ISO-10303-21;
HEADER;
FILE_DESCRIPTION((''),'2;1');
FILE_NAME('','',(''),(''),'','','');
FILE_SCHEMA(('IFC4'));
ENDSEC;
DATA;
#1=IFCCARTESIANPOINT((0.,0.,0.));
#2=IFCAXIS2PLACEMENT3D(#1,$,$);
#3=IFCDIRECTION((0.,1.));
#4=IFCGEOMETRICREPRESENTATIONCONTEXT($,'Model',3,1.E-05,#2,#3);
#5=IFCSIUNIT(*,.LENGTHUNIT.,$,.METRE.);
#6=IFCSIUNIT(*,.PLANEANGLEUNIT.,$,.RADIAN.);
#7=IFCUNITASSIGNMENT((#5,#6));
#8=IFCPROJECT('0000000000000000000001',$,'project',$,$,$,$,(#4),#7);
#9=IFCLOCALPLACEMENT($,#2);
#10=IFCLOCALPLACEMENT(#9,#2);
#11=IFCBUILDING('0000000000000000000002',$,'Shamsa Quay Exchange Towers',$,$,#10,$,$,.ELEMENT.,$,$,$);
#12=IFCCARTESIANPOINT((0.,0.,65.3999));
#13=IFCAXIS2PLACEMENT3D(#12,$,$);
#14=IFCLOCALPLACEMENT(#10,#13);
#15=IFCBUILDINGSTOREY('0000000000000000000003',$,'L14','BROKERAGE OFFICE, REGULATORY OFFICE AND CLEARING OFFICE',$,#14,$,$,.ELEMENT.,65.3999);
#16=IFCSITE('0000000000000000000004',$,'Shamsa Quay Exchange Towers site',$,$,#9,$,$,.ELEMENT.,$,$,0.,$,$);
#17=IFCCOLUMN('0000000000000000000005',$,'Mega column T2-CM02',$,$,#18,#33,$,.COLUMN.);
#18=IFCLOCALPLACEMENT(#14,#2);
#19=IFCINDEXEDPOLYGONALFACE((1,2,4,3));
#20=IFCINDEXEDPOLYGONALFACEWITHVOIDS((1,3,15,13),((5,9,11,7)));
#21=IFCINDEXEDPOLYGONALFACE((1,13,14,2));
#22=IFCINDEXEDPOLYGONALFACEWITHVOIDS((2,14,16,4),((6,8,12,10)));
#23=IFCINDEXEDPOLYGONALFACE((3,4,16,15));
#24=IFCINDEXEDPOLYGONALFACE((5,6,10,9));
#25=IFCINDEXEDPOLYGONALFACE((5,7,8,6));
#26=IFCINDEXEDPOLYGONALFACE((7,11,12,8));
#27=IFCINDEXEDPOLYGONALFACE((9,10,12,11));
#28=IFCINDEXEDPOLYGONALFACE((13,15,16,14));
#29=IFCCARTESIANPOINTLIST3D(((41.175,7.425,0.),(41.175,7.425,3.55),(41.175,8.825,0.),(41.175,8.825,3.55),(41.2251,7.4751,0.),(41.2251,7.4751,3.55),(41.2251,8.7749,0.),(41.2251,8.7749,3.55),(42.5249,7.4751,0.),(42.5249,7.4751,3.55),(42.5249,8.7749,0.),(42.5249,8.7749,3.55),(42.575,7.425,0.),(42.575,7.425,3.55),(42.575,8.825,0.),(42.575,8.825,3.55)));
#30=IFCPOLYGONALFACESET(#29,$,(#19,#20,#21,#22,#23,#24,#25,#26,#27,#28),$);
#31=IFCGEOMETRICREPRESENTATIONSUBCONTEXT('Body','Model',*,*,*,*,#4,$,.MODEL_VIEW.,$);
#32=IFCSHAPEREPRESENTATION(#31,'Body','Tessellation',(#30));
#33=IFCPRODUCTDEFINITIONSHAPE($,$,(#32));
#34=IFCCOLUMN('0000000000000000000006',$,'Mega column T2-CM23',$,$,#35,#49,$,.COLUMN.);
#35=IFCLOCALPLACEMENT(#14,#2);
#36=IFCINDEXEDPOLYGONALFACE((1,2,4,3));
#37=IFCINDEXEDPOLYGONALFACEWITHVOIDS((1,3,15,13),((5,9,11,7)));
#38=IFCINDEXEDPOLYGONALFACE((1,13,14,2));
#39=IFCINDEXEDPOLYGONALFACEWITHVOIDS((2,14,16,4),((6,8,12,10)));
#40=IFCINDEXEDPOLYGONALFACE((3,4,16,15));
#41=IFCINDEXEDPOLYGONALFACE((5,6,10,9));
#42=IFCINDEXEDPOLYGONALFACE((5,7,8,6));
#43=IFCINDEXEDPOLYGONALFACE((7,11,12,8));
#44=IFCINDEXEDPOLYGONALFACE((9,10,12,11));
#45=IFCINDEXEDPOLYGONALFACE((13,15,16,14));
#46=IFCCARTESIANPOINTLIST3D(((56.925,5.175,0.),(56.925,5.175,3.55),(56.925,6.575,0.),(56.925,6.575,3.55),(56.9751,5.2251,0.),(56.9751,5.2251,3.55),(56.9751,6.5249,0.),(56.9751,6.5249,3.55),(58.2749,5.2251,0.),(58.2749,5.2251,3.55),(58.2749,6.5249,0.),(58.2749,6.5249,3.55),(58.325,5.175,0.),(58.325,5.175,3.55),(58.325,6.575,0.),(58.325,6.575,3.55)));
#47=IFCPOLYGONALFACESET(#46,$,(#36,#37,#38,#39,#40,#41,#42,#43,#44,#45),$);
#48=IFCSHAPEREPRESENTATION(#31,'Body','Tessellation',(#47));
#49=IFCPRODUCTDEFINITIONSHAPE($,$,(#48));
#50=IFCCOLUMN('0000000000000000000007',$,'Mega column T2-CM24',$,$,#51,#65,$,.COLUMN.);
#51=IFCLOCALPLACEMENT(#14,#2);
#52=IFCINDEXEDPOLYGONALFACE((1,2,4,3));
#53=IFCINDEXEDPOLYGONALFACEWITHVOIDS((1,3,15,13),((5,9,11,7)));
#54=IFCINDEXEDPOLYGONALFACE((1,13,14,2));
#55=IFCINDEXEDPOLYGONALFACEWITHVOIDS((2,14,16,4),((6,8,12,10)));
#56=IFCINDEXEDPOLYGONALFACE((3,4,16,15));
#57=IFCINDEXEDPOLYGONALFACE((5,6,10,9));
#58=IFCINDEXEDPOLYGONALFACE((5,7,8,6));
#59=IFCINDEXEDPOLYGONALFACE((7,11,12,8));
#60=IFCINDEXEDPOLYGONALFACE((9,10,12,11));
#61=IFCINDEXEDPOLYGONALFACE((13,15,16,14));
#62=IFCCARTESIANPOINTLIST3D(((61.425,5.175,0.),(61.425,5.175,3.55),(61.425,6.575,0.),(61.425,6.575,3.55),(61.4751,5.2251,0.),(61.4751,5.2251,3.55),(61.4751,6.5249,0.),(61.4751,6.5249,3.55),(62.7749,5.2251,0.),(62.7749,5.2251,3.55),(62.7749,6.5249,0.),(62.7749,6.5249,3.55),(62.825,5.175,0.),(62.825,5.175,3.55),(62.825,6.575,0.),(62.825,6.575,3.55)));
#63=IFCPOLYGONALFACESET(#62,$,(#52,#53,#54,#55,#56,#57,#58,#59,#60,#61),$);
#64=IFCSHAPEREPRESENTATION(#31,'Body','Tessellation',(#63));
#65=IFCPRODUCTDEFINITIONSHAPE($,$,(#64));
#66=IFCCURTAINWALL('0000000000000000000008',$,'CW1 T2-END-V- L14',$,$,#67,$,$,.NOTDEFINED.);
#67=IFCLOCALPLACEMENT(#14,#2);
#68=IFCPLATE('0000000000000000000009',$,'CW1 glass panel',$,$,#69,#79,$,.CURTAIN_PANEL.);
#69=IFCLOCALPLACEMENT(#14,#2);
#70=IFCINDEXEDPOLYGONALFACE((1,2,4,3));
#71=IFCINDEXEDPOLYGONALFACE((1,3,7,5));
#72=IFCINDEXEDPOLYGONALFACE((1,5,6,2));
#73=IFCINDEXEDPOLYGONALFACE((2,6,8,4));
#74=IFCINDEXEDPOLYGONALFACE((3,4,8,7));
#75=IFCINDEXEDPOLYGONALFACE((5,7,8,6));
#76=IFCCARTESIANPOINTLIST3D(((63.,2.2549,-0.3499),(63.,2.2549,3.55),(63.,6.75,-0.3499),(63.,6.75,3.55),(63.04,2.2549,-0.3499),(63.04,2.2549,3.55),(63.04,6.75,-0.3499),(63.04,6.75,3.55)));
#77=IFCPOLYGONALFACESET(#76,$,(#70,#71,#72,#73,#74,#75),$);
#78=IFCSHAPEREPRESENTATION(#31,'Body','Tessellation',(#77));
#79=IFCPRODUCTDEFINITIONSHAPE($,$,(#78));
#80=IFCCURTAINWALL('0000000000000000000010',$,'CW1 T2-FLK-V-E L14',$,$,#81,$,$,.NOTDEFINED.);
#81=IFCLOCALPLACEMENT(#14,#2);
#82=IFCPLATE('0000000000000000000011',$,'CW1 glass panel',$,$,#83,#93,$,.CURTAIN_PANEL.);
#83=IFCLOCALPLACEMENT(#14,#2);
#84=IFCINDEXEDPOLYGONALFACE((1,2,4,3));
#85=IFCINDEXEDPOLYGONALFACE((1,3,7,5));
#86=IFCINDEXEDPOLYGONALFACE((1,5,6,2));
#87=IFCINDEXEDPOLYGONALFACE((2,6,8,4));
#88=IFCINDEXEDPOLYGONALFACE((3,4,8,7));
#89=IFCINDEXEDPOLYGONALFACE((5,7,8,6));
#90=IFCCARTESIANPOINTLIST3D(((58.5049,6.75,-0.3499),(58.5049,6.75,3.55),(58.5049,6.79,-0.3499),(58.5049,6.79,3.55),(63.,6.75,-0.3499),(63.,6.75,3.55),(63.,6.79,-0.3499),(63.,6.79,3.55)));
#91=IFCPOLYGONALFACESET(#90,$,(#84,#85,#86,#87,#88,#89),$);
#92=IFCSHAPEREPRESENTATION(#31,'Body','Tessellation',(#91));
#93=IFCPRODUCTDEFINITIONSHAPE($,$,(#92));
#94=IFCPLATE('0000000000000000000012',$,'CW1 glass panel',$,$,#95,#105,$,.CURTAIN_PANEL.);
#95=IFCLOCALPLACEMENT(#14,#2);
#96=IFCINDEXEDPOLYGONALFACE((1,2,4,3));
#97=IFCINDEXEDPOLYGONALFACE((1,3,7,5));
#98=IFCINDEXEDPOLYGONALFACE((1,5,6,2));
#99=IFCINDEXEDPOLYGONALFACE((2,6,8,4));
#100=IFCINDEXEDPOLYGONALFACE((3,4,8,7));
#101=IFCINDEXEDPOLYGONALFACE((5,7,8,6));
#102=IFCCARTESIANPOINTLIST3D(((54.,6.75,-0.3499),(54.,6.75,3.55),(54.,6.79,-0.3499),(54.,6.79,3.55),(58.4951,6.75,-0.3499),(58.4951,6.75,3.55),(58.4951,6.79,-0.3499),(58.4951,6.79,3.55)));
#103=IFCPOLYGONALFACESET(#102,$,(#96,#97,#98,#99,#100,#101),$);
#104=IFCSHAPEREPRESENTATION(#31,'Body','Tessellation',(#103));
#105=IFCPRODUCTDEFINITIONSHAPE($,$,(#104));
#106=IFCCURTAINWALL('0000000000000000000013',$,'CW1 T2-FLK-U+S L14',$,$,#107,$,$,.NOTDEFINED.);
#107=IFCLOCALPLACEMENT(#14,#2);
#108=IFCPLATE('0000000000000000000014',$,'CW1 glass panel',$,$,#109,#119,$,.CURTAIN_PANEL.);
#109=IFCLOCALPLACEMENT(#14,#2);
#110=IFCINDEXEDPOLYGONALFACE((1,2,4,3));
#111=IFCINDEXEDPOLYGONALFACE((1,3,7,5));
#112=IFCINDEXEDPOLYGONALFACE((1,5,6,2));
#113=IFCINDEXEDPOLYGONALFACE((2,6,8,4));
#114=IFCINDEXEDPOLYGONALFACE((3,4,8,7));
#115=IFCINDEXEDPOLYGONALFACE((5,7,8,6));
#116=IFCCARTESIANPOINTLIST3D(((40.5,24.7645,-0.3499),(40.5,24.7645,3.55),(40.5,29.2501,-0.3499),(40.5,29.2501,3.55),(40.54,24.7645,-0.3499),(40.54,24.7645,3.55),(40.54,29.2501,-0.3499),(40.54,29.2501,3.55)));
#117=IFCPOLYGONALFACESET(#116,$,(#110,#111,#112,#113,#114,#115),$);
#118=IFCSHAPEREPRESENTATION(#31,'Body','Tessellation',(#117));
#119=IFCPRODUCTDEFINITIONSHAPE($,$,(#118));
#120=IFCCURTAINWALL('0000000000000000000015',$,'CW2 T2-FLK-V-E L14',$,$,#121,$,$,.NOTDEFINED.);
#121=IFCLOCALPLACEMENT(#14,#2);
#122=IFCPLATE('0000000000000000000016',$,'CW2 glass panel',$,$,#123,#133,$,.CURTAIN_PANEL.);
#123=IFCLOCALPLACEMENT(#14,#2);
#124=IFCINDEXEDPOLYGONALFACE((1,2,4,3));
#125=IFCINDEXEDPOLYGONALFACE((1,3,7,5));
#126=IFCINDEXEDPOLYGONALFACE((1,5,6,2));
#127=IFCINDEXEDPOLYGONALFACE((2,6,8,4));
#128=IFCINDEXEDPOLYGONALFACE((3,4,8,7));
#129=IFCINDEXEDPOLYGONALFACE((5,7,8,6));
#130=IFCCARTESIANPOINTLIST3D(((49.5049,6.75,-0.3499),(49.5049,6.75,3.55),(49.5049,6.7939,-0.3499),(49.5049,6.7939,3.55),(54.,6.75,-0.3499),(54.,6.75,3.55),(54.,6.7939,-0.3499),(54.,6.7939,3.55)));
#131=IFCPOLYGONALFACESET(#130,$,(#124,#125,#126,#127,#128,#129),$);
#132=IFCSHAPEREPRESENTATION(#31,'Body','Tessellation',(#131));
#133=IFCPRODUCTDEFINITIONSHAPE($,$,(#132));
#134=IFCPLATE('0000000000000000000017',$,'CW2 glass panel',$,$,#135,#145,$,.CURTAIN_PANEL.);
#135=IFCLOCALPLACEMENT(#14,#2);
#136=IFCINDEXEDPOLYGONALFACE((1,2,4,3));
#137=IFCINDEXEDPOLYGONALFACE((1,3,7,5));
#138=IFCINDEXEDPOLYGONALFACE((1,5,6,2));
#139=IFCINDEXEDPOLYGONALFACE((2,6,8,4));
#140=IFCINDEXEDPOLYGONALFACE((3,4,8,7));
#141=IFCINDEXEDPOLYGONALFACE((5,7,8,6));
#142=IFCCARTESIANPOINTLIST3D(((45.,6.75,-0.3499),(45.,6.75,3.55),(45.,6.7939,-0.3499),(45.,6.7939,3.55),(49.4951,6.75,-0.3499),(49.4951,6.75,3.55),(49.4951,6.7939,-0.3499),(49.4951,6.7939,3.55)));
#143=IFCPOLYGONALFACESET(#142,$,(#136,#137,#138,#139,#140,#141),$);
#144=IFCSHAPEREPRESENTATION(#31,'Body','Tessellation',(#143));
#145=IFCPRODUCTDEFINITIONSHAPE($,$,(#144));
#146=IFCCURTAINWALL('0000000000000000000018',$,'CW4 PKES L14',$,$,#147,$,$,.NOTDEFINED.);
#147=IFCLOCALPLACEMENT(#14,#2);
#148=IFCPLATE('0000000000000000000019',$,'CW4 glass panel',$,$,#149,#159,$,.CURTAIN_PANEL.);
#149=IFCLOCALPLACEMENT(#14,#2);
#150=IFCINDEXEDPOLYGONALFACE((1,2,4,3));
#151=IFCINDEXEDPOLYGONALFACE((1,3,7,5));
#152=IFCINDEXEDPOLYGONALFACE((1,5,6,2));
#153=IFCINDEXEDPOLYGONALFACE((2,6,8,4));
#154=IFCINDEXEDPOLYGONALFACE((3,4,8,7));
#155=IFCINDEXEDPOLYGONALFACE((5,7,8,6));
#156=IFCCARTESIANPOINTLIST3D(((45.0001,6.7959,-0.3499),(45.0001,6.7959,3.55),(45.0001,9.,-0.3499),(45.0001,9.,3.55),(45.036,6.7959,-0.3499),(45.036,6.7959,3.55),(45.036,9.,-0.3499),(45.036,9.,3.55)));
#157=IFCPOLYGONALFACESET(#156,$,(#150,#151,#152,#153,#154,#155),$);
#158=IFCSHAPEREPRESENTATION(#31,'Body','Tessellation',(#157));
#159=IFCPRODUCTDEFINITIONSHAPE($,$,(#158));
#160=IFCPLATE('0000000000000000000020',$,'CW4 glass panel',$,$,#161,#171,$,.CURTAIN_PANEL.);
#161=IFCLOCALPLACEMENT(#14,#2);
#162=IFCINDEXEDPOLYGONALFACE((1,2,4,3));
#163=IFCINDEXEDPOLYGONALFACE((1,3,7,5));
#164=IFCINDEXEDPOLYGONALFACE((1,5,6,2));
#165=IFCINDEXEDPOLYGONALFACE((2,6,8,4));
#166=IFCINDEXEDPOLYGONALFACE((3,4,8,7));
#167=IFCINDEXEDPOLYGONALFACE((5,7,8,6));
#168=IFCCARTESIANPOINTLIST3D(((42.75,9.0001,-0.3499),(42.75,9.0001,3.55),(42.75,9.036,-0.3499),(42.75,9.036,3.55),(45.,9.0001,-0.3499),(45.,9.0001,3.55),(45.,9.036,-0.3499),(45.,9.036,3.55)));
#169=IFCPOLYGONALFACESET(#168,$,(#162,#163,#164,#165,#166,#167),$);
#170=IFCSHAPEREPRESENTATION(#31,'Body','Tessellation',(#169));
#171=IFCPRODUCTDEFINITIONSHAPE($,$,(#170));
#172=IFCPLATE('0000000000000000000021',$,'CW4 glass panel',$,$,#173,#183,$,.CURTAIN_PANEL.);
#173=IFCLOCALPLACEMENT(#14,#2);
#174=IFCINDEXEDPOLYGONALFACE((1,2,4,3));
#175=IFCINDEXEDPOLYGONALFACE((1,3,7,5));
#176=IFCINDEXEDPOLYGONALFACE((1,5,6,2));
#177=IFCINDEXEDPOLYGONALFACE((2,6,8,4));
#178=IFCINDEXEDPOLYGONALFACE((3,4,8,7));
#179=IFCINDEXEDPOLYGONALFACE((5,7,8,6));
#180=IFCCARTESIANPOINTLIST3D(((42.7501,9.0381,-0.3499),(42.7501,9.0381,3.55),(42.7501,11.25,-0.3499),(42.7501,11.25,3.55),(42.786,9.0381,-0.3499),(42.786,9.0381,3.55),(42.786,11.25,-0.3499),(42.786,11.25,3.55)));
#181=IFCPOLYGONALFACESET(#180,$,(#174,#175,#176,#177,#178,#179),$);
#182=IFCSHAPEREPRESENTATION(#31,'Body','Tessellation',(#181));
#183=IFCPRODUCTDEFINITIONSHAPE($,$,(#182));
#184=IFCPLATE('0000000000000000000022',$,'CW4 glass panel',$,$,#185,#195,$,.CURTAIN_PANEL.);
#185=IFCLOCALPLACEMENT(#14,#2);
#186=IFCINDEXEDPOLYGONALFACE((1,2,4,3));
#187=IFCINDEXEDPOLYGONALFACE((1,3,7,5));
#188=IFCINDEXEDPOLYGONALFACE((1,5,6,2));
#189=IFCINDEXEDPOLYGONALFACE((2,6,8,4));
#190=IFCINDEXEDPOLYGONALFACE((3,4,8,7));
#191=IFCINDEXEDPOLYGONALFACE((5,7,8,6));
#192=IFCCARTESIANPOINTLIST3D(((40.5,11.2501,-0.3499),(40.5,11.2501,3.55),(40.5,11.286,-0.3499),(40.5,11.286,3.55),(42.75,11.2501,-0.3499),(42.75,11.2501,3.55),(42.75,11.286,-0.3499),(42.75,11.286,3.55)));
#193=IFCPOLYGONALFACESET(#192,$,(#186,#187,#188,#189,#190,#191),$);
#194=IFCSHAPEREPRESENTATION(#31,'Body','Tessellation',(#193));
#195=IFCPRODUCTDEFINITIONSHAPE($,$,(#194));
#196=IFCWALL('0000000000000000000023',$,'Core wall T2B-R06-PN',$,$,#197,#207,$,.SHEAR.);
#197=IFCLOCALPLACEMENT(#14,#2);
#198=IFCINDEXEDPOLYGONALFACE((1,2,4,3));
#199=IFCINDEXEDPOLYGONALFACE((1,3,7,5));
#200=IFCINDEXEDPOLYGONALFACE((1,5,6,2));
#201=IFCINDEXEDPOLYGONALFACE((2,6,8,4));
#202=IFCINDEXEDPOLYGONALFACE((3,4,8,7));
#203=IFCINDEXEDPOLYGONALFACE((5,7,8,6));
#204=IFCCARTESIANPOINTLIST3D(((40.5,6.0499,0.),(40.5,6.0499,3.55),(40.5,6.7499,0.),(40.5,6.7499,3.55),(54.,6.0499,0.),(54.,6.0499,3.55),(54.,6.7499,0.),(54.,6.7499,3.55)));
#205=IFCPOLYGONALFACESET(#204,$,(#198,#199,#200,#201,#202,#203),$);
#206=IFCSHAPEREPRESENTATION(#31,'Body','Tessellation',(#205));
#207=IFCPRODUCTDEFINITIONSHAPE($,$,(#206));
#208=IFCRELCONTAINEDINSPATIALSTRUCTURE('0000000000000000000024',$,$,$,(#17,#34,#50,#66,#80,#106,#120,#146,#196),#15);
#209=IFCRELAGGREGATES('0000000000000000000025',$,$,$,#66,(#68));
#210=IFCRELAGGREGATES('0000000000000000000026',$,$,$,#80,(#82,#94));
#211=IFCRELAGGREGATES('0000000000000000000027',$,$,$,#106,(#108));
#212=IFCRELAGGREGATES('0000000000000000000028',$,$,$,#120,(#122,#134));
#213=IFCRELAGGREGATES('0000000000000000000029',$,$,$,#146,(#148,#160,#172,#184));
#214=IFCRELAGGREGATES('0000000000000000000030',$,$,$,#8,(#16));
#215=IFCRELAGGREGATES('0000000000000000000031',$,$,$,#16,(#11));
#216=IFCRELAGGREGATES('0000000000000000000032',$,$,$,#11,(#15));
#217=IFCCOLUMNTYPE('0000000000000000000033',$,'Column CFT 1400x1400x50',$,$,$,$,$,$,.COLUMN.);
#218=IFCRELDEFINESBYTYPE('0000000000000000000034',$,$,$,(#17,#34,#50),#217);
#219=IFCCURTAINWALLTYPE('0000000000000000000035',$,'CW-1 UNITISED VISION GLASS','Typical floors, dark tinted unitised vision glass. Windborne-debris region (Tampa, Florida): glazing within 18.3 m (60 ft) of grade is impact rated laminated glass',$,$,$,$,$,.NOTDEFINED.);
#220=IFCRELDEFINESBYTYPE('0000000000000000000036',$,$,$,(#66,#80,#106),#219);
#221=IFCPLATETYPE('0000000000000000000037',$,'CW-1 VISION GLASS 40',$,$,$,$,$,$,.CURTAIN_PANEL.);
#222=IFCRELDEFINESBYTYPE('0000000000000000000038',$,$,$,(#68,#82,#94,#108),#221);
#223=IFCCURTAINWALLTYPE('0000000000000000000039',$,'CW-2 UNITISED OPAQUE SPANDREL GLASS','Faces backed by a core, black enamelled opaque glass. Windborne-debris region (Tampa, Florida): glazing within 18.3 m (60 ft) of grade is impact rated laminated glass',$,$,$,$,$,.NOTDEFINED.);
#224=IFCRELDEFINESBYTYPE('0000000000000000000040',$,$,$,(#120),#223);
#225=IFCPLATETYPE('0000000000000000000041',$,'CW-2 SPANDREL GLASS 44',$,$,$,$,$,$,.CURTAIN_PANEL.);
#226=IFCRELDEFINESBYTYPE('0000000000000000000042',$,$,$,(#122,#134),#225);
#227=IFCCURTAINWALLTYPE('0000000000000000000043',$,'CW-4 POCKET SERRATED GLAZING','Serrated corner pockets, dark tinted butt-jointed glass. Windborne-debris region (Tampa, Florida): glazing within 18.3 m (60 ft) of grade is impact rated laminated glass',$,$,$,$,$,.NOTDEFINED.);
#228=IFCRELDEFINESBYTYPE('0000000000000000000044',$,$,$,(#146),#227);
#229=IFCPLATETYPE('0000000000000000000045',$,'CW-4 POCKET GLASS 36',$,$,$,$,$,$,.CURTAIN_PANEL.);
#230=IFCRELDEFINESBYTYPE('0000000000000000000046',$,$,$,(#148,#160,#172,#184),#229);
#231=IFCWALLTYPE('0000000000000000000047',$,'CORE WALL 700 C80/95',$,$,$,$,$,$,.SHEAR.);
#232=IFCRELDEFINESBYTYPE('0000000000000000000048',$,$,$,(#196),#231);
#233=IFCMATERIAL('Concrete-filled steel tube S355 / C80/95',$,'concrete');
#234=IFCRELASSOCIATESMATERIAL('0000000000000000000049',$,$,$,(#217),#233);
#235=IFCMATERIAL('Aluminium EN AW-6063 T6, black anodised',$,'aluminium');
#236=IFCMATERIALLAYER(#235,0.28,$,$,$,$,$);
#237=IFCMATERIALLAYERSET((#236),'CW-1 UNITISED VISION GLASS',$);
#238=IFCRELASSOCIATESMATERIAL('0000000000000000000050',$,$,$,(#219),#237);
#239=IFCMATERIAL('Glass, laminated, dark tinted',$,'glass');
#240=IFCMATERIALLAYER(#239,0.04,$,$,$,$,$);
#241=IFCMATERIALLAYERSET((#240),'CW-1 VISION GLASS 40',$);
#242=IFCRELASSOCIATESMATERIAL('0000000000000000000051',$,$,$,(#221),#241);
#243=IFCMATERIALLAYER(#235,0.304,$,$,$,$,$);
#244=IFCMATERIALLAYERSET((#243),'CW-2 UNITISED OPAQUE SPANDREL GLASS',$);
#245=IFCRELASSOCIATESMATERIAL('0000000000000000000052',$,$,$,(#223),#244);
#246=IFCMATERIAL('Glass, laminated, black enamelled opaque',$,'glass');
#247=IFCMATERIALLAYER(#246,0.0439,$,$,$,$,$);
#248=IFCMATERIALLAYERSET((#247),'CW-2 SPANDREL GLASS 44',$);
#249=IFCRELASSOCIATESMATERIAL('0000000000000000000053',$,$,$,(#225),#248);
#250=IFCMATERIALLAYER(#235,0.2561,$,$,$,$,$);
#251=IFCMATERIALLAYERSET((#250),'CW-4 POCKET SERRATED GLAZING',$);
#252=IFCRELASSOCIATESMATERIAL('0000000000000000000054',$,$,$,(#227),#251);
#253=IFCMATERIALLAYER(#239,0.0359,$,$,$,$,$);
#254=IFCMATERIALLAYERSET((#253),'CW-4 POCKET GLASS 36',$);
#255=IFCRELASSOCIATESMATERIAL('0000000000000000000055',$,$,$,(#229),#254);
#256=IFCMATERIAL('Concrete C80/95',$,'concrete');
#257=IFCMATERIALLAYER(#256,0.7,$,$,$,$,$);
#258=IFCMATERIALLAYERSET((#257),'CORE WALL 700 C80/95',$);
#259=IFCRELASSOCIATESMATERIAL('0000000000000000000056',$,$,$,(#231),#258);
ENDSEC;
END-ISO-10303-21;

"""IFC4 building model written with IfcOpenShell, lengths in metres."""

from ifc_helpers import new_model, si_unit, direction, frame, frame_2d, origin, origin_2d, place, context, subcontext, project, spatial, rectangle, hollow_rectangle, extrude, material, layer, layer_set, material_profile, profile_set, type_object, element, aggregate, save


model = new_model("IFC4")

# Units and contexts
model_context = context("Model", 3, precision=1e-05, world=origin(), true_north=direction((0.0, 1.0)))
body_context = subcontext(model_context, "Body", "Model", "MODEL_VIEW")
ifc_project = project(units=[si_unit("LENGTHUNIT", "METRE"), si_unit("PLANEANGLEUNIT", "RADIAN")], contexts=[model_context])

# Site, building, storey
site_placement = place(None, origin())
site = spatial("IfcSite", under=ifc_project, at=site_placement, Name="Shamsa Quay Exchange Towers site", CompositionType="ELEMENT", RefElevation=0.0)
building_placement = place(site_placement, origin())
building = spatial("IfcBuilding", under=site, at=building_placement, Name="Shamsa Quay Exchange Towers", CompositionType="ELEMENT")
storey_placement = place(building_placement, frame((0.0, 0.0, 65.3999)))
storey = spatial("IfcBuildingStorey", under=building, at=storey_placement, Name="L14", Description="BROKERAGE OFFICE, REGULATORY OFFICE AND CLEARING OFFICE", CompositionType="ELEMENT", Elevation=65.3999)

# Columns
ifc_material_1 = material(Name="Concrete-filled steel tube S355 / C80/95", Category="concrete")
ifc_material_profile = material_profile(ifc_material_1, hollow_rectangle(XDim=1.3999, YDim=1.3999, WallThickness=0.05, at=origin_2d()), Name="CFT 1400x1400x50")
ifc_profile_set = profile_set([ifc_material_profile], Name="Concrete-filled steel tube S355 / C80/95")
column_type = type_object("IfcColumnType", Name="Column CFT 1400x1400x50", PredefinedType="COLUMN", material=ifc_profile_set)
for number, where, name in (
    (1, (41.875, 8.125, 0.0), "Mega column T2-CM02"),
    (2, (57.625, 5.875, 0.0), "Mega column T2-CM23"),
    (3, (62.125, 5.875, 0.0), "Mega column T2-CM24"),
):
    element("IfcColumn", number, at=place(storey_placement, frame(where)), inside=storey, type_object=column_type, Name=name, PredefinedType="COLUMN", context=body_context, shape_type="SweptSolid", body=[
        extrude(hollow_rectangle(XDim=1.3999, YDim=1.3999, WallThickness=0.05, at=origin_2d()), origin(), (0.0, 0.0, 1.0), 3.55),
    ])

# Curtain wall, plate
ifc_material_2 = material(Name="Aluminium EN AW-6063 T6, black anodised", Category="aluminium")
ifc_layer_1 = layer(ifc_material_2, 0.28)
ifc_layer_set_1 = layer_set([ifc_layer_1], Name="CW-1 UNITISED VISION GLASS")
curtain_wall_type_1 = type_object("IfcCurtainWallType", Name="CW-1 UNITISED VISION GLASS", Description="Typical floors, dark tinted unitised vision glass. Windborne-debris region (Tampa, Florida): glazing within 18.3 m (60 ft) of grade is impact rated laminated glass", PredefinedType="NOTDEFINED", material=ifc_layer_set_1)
curtain_wall_1_placement = place(storey_placement, origin())
curtain_wall_1 = element("IfcCurtainWall", 4, at=curtain_wall_1_placement, inside=storey, type_object=curtain_wall_type_1, Name="CW1 T2-END-V- L14", PredefinedType="NOTDEFINED")
ifc_material_3 = material(Name="Glass, laminated, dark tinted", Category="glass")
ifc_layer_2 = layer(ifc_material_3, 0.04)
ifc_layer_set_2 = layer_set([ifc_layer_2], Name="CW-1 VISION GLASS 40")
plate_type_1 = type_object("IfcPlateType", Name="CW-1 VISION GLASS 40", PredefinedType="CURTAIN_PANEL", material=ifc_layer_set_2)
plate_1_placement = place(storey_placement, frame((63.02, 4.5024, -0.3499), z_axis=(0.0, 0.0, 1.0), x_axis=(0.0, 1.0, 0.0)))
plate_1 = element("IfcPlate", 5, at=plate_1_placement, type_object=plate_type_1, Name="CW1 glass panel", PredefinedType="CURTAIN_PANEL", context=body_context, shape_type="SweptSolid", body=[
    extrude(rectangle(XDim=4.4951, YDim=0.04, at=origin_2d()), origin(), (0.0, 0.0, 1.0), 3.8999),
])
aggregate(curtain_wall_1, [plate_1])

# Curtain wall, plates
curtain_wall_2_placement = place(storey_placement, origin())
curtain_wall_2 = element("IfcCurtainWall", 6, at=curtain_wall_2_placement, inside=storey, type_object=curtain_wall_type_1, Name="CW1 T2-FLK-V-E L14", PredefinedType="NOTDEFINED")
plate_2_placement = place(storey_placement, frame((60.7524, 6.77, -0.3499), z_axis=(0.0, 0.0, 1.0), x_axis=(-1.0, 0.0, 0.0)))
plate_2 = element("IfcPlate", 7, at=plate_2_placement, type_object=plate_type_1, Name="CW1 glass panel", PredefinedType="CURTAIN_PANEL", context=body_context, shape_type="SweptSolid", body=[
    extrude(rectangle(XDim=4.4951, YDim=0.04, at=origin_2d()), origin(), (0.0, 0.0, 1.0), 3.8999),
])
plate_3_placement = place(storey_placement, frame((56.2476, 6.77, -0.3499), z_axis=(0.0, 0.0, 1.0), x_axis=(-1.0, 0.0, 0.0)))
plate_3 = element("IfcPlate", 8, at=plate_3_placement, type_object=plate_type_1, Name="CW1 glass panel", PredefinedType="CURTAIN_PANEL", context=body_context, shape_type="SweptSolid", body=[
    extrude(rectangle(XDim=4.4951, YDim=0.04, at=origin_2d()), origin(), (0.0, 0.0, 1.0), 3.8999),
])
aggregate(curtain_wall_2, [plate_2, plate_3])

# Curtain wall, plate
curtain_wall_3_placement = place(storey_placement, origin())
curtain_wall_3 = element("IfcCurtainWall", 9, at=curtain_wall_3_placement, inside=storey, type_object=curtain_wall_type_1, Name="CW1 T2-FLK-U+S L14", PredefinedType="NOTDEFINED")
plate_4_placement = place(storey_placement, frame((40.52, 27.0073, -0.3499), z_axis=(0.0, 0.0, 1.0), x_axis=(0.0, 1.0, 0.0)))
plate_4 = element("IfcPlate", 10, at=plate_4_placement, type_object=plate_type_1, Name="CW1 glass panel", PredefinedType="CURTAIN_PANEL", context=body_context, shape_type="SweptSolid", body=[
    extrude(rectangle(XDim=4.4856, YDim=0.04, at=origin_2d()), origin(), (0.0, 0.0, 1.0), 3.8999),
])
aggregate(curtain_wall_3, [plate_4])

# Curtain walls, plates
ifc_layer_3 = layer(ifc_material_2, 0.304)
ifc_layer_set_3 = layer_set([ifc_layer_3], Name="CW-2 UNITISED OPAQUE SPANDREL GLASS")
curtain_wall_type_2 = type_object("IfcCurtainWallType", Name="CW-2 UNITISED OPAQUE SPANDREL GLASS", Description="Faces backed by a core, black enamelled opaque glass. Windborne-debris region (Tampa, Florida): glazing within 18.3 m (60 ft) of grade is impact rated laminated glass", PredefinedType="NOTDEFINED", material=ifc_layer_set_3)
curtain_wall_4_placement = place(storey_placement, origin())
curtain_wall_4 = element("IfcCurtainWall", 11, at=curtain_wall_4_placement, inside=storey, type_object=curtain_wall_type_2, Name="CW2 T2-FLK-V-E L14", PredefinedType="NOTDEFINED")
ifc_material_4 = material(Name="Glass, laminated, black enamelled opaque", Category="glass")
ifc_layer_4 = layer(ifc_material_4, 0.0439)
ifc_layer_set_4 = layer_set([ifc_layer_4], Name="CW-2 SPANDREL GLASS 44")
plate_type_2 = type_object("IfcPlateType", Name="CW-2 SPANDREL GLASS 44", PredefinedType="CURTAIN_PANEL", material=ifc_layer_set_4)
plate_5_placement = place(storey_placement, frame((51.7524, 6.772, -0.3499), z_axis=(0.0, 0.0, 1.0), x_axis=(-1.0, 0.0, 0.0)))
plate_5 = element("IfcPlate", 12, at=plate_5_placement, type_object=plate_type_2, Name="CW2 glass panel", PredefinedType="CURTAIN_PANEL", context=body_context, shape_type="SweptSolid", body=[
    extrude(rectangle(XDim=4.4951, YDim=0.0439, at=origin_2d()), origin(), (0.0, 0.0, 1.0), 3.8999),
])
plate_6_placement = place(storey_placement, frame((47.2476, 6.772, -0.3499), z_axis=(0.0, 0.0, 1.0), x_axis=(-1.0, 0.0, 0.0)))
plate_6 = element("IfcPlate", 13, at=plate_6_placement, type_object=plate_type_2, Name="CW2 glass panel", PredefinedType="CURTAIN_PANEL", context=body_context, shape_type="SweptSolid", body=[
    extrude(rectangle(XDim=4.4951, YDim=0.0439, at=origin_2d()), origin(), (0.0, 0.0, 1.0), 3.8999),
])
aggregate(curtain_wall_4, [plate_5, plate_6])
ifc_layer_5 = layer(ifc_material_2, 0.2561)
ifc_layer_set_5 = layer_set([ifc_layer_5], Name="CW-4 POCKET SERRATED GLAZING")
curtain_wall_type_3 = type_object("IfcCurtainWallType", Name="CW-4 POCKET SERRATED GLAZING", Description="Serrated corner pockets, dark tinted butt-jointed glass. Windborne-debris region (Tampa, Florida): glazing within 18.3 m (60 ft) of grade is impact rated laminated glass", PredefinedType="NOTDEFINED", material=ifc_layer_set_5)
curtain_wall_5_placement = place(storey_placement, origin())
curtain_wall_5 = element("IfcCurtainWall", 14, at=curtain_wall_5_placement, inside=storey, type_object=curtain_wall_type_3, Name="CW4 PKES L14", PredefinedType="NOTDEFINED")
ifc_layer_6 = layer(ifc_material_3, 0.0359)
ifc_layer_set_6 = layer_set([ifc_layer_6], Name="CW-4 POCKET GLASS 36")
plate_type_3 = type_object("IfcPlateType", Name="CW-4 POCKET GLASS 36", PredefinedType="CURTAIN_PANEL", material=ifc_layer_set_6)
plate_7_placement = place(storey_placement, frame((45.0181, 7.8979, -0.3499), z_axis=(0.0, 0.0, 1.0), x_axis=(0.0, 1.0, 0.0)))
plate_7 = element("IfcPlate", 15, at=plate_7_placement, type_object=plate_type_3, Name="CW4 glass panel", PredefinedType="CURTAIN_PANEL", context=body_context, shape_type="SweptSolid", body=[
    extrude(rectangle(XDim=2.2041, YDim=0.0359, at=origin_2d()), origin(), (0.0, 0.0, 1.0), 3.8999),
])
plate_8_placement = place(storey_placement, frame((43.875, 9.0181, -0.3499), z_axis=(0.0, 0.0, 1.0), x_axis=(-1.0, 0.0, 0.0)))
plate_8 = element("IfcPlate", 16, at=plate_8_placement, type_object=plate_type_3, Name="CW4 glass panel", PredefinedType="CURTAIN_PANEL", context=body_context, shape_type="SweptSolid", body=[
    extrude(rectangle(XDim=2.25, YDim=0.0359, at=origin_2d()), origin(), (0.0, 0.0, 1.0), 3.8999),
])
plate_9_placement = place(storey_placement, frame((42.7681, 10.144, -0.3499), z_axis=(0.0, 0.0, 1.0), x_axis=(0.0, 1.0, 0.0)))
plate_9 = element("IfcPlate", 17, at=plate_9_placement, type_object=plate_type_3, Name="CW4 glass panel", PredefinedType="CURTAIN_PANEL", context=body_context, shape_type="SweptSolid", body=[
    extrude(rectangle(XDim=2.2119, YDim=0.0359, at=origin_2d()), origin(), (0.0, 0.0, 1.0), 3.8999),
])
plate_10_placement = place(storey_placement, frame((41.625, 11.2681, -0.3499), z_axis=(0.0, 0.0, 1.0), x_axis=(-1.0, 0.0, 0.0)))
plate_10 = element("IfcPlate", 18, at=plate_10_placement, type_object=plate_type_3, Name="CW4 glass panel", PredefinedType="CURTAIN_PANEL", context=body_context, shape_type="SweptSolid", body=[
    extrude(rectangle(XDim=2.25, YDim=0.0359, at=origin_2d()), origin(), (0.0, 0.0, 1.0), 3.8999),
])
aggregate(curtain_wall_5, [plate_7, plate_8, plate_9, plate_10])

# Wall
ifc_material_5 = material(Name="Concrete C80/95", Category="concrete")
ifc_layer_7 = layer(ifc_material_5, 0.7)
ifc_layer_set_7 = layer_set([ifc_layer_7], Name="CORE WALL 700 C80/95")
wall_type_1 = type_object("IfcWallType", Name="CORE WALL 700 C80/95", PredefinedType="SHEAR", material=ifc_layer_set_7)
wall_1_placement = place(storey_placement, frame((54.0, 6.3999, 0.0), z_axis=(0.0, 0.0, 1.0), x_axis=(-1.0, 0.0, 0.0)))
element("IfcWall", 19, at=wall_1_placement, inside=storey, type_object=wall_type_1, Name="Core wall T2B-R06-PN", PredefinedType="SHEAR", context=body_context, shape_type="SweptSolid", body=[
    extrude(rectangle(XDim=13.5, YDim=0.7, at=frame_2d((6.75, 0.0))), origin(), (0.0, 0.0, 1.0), 3.55),
])

save(model, "model.ifc")
